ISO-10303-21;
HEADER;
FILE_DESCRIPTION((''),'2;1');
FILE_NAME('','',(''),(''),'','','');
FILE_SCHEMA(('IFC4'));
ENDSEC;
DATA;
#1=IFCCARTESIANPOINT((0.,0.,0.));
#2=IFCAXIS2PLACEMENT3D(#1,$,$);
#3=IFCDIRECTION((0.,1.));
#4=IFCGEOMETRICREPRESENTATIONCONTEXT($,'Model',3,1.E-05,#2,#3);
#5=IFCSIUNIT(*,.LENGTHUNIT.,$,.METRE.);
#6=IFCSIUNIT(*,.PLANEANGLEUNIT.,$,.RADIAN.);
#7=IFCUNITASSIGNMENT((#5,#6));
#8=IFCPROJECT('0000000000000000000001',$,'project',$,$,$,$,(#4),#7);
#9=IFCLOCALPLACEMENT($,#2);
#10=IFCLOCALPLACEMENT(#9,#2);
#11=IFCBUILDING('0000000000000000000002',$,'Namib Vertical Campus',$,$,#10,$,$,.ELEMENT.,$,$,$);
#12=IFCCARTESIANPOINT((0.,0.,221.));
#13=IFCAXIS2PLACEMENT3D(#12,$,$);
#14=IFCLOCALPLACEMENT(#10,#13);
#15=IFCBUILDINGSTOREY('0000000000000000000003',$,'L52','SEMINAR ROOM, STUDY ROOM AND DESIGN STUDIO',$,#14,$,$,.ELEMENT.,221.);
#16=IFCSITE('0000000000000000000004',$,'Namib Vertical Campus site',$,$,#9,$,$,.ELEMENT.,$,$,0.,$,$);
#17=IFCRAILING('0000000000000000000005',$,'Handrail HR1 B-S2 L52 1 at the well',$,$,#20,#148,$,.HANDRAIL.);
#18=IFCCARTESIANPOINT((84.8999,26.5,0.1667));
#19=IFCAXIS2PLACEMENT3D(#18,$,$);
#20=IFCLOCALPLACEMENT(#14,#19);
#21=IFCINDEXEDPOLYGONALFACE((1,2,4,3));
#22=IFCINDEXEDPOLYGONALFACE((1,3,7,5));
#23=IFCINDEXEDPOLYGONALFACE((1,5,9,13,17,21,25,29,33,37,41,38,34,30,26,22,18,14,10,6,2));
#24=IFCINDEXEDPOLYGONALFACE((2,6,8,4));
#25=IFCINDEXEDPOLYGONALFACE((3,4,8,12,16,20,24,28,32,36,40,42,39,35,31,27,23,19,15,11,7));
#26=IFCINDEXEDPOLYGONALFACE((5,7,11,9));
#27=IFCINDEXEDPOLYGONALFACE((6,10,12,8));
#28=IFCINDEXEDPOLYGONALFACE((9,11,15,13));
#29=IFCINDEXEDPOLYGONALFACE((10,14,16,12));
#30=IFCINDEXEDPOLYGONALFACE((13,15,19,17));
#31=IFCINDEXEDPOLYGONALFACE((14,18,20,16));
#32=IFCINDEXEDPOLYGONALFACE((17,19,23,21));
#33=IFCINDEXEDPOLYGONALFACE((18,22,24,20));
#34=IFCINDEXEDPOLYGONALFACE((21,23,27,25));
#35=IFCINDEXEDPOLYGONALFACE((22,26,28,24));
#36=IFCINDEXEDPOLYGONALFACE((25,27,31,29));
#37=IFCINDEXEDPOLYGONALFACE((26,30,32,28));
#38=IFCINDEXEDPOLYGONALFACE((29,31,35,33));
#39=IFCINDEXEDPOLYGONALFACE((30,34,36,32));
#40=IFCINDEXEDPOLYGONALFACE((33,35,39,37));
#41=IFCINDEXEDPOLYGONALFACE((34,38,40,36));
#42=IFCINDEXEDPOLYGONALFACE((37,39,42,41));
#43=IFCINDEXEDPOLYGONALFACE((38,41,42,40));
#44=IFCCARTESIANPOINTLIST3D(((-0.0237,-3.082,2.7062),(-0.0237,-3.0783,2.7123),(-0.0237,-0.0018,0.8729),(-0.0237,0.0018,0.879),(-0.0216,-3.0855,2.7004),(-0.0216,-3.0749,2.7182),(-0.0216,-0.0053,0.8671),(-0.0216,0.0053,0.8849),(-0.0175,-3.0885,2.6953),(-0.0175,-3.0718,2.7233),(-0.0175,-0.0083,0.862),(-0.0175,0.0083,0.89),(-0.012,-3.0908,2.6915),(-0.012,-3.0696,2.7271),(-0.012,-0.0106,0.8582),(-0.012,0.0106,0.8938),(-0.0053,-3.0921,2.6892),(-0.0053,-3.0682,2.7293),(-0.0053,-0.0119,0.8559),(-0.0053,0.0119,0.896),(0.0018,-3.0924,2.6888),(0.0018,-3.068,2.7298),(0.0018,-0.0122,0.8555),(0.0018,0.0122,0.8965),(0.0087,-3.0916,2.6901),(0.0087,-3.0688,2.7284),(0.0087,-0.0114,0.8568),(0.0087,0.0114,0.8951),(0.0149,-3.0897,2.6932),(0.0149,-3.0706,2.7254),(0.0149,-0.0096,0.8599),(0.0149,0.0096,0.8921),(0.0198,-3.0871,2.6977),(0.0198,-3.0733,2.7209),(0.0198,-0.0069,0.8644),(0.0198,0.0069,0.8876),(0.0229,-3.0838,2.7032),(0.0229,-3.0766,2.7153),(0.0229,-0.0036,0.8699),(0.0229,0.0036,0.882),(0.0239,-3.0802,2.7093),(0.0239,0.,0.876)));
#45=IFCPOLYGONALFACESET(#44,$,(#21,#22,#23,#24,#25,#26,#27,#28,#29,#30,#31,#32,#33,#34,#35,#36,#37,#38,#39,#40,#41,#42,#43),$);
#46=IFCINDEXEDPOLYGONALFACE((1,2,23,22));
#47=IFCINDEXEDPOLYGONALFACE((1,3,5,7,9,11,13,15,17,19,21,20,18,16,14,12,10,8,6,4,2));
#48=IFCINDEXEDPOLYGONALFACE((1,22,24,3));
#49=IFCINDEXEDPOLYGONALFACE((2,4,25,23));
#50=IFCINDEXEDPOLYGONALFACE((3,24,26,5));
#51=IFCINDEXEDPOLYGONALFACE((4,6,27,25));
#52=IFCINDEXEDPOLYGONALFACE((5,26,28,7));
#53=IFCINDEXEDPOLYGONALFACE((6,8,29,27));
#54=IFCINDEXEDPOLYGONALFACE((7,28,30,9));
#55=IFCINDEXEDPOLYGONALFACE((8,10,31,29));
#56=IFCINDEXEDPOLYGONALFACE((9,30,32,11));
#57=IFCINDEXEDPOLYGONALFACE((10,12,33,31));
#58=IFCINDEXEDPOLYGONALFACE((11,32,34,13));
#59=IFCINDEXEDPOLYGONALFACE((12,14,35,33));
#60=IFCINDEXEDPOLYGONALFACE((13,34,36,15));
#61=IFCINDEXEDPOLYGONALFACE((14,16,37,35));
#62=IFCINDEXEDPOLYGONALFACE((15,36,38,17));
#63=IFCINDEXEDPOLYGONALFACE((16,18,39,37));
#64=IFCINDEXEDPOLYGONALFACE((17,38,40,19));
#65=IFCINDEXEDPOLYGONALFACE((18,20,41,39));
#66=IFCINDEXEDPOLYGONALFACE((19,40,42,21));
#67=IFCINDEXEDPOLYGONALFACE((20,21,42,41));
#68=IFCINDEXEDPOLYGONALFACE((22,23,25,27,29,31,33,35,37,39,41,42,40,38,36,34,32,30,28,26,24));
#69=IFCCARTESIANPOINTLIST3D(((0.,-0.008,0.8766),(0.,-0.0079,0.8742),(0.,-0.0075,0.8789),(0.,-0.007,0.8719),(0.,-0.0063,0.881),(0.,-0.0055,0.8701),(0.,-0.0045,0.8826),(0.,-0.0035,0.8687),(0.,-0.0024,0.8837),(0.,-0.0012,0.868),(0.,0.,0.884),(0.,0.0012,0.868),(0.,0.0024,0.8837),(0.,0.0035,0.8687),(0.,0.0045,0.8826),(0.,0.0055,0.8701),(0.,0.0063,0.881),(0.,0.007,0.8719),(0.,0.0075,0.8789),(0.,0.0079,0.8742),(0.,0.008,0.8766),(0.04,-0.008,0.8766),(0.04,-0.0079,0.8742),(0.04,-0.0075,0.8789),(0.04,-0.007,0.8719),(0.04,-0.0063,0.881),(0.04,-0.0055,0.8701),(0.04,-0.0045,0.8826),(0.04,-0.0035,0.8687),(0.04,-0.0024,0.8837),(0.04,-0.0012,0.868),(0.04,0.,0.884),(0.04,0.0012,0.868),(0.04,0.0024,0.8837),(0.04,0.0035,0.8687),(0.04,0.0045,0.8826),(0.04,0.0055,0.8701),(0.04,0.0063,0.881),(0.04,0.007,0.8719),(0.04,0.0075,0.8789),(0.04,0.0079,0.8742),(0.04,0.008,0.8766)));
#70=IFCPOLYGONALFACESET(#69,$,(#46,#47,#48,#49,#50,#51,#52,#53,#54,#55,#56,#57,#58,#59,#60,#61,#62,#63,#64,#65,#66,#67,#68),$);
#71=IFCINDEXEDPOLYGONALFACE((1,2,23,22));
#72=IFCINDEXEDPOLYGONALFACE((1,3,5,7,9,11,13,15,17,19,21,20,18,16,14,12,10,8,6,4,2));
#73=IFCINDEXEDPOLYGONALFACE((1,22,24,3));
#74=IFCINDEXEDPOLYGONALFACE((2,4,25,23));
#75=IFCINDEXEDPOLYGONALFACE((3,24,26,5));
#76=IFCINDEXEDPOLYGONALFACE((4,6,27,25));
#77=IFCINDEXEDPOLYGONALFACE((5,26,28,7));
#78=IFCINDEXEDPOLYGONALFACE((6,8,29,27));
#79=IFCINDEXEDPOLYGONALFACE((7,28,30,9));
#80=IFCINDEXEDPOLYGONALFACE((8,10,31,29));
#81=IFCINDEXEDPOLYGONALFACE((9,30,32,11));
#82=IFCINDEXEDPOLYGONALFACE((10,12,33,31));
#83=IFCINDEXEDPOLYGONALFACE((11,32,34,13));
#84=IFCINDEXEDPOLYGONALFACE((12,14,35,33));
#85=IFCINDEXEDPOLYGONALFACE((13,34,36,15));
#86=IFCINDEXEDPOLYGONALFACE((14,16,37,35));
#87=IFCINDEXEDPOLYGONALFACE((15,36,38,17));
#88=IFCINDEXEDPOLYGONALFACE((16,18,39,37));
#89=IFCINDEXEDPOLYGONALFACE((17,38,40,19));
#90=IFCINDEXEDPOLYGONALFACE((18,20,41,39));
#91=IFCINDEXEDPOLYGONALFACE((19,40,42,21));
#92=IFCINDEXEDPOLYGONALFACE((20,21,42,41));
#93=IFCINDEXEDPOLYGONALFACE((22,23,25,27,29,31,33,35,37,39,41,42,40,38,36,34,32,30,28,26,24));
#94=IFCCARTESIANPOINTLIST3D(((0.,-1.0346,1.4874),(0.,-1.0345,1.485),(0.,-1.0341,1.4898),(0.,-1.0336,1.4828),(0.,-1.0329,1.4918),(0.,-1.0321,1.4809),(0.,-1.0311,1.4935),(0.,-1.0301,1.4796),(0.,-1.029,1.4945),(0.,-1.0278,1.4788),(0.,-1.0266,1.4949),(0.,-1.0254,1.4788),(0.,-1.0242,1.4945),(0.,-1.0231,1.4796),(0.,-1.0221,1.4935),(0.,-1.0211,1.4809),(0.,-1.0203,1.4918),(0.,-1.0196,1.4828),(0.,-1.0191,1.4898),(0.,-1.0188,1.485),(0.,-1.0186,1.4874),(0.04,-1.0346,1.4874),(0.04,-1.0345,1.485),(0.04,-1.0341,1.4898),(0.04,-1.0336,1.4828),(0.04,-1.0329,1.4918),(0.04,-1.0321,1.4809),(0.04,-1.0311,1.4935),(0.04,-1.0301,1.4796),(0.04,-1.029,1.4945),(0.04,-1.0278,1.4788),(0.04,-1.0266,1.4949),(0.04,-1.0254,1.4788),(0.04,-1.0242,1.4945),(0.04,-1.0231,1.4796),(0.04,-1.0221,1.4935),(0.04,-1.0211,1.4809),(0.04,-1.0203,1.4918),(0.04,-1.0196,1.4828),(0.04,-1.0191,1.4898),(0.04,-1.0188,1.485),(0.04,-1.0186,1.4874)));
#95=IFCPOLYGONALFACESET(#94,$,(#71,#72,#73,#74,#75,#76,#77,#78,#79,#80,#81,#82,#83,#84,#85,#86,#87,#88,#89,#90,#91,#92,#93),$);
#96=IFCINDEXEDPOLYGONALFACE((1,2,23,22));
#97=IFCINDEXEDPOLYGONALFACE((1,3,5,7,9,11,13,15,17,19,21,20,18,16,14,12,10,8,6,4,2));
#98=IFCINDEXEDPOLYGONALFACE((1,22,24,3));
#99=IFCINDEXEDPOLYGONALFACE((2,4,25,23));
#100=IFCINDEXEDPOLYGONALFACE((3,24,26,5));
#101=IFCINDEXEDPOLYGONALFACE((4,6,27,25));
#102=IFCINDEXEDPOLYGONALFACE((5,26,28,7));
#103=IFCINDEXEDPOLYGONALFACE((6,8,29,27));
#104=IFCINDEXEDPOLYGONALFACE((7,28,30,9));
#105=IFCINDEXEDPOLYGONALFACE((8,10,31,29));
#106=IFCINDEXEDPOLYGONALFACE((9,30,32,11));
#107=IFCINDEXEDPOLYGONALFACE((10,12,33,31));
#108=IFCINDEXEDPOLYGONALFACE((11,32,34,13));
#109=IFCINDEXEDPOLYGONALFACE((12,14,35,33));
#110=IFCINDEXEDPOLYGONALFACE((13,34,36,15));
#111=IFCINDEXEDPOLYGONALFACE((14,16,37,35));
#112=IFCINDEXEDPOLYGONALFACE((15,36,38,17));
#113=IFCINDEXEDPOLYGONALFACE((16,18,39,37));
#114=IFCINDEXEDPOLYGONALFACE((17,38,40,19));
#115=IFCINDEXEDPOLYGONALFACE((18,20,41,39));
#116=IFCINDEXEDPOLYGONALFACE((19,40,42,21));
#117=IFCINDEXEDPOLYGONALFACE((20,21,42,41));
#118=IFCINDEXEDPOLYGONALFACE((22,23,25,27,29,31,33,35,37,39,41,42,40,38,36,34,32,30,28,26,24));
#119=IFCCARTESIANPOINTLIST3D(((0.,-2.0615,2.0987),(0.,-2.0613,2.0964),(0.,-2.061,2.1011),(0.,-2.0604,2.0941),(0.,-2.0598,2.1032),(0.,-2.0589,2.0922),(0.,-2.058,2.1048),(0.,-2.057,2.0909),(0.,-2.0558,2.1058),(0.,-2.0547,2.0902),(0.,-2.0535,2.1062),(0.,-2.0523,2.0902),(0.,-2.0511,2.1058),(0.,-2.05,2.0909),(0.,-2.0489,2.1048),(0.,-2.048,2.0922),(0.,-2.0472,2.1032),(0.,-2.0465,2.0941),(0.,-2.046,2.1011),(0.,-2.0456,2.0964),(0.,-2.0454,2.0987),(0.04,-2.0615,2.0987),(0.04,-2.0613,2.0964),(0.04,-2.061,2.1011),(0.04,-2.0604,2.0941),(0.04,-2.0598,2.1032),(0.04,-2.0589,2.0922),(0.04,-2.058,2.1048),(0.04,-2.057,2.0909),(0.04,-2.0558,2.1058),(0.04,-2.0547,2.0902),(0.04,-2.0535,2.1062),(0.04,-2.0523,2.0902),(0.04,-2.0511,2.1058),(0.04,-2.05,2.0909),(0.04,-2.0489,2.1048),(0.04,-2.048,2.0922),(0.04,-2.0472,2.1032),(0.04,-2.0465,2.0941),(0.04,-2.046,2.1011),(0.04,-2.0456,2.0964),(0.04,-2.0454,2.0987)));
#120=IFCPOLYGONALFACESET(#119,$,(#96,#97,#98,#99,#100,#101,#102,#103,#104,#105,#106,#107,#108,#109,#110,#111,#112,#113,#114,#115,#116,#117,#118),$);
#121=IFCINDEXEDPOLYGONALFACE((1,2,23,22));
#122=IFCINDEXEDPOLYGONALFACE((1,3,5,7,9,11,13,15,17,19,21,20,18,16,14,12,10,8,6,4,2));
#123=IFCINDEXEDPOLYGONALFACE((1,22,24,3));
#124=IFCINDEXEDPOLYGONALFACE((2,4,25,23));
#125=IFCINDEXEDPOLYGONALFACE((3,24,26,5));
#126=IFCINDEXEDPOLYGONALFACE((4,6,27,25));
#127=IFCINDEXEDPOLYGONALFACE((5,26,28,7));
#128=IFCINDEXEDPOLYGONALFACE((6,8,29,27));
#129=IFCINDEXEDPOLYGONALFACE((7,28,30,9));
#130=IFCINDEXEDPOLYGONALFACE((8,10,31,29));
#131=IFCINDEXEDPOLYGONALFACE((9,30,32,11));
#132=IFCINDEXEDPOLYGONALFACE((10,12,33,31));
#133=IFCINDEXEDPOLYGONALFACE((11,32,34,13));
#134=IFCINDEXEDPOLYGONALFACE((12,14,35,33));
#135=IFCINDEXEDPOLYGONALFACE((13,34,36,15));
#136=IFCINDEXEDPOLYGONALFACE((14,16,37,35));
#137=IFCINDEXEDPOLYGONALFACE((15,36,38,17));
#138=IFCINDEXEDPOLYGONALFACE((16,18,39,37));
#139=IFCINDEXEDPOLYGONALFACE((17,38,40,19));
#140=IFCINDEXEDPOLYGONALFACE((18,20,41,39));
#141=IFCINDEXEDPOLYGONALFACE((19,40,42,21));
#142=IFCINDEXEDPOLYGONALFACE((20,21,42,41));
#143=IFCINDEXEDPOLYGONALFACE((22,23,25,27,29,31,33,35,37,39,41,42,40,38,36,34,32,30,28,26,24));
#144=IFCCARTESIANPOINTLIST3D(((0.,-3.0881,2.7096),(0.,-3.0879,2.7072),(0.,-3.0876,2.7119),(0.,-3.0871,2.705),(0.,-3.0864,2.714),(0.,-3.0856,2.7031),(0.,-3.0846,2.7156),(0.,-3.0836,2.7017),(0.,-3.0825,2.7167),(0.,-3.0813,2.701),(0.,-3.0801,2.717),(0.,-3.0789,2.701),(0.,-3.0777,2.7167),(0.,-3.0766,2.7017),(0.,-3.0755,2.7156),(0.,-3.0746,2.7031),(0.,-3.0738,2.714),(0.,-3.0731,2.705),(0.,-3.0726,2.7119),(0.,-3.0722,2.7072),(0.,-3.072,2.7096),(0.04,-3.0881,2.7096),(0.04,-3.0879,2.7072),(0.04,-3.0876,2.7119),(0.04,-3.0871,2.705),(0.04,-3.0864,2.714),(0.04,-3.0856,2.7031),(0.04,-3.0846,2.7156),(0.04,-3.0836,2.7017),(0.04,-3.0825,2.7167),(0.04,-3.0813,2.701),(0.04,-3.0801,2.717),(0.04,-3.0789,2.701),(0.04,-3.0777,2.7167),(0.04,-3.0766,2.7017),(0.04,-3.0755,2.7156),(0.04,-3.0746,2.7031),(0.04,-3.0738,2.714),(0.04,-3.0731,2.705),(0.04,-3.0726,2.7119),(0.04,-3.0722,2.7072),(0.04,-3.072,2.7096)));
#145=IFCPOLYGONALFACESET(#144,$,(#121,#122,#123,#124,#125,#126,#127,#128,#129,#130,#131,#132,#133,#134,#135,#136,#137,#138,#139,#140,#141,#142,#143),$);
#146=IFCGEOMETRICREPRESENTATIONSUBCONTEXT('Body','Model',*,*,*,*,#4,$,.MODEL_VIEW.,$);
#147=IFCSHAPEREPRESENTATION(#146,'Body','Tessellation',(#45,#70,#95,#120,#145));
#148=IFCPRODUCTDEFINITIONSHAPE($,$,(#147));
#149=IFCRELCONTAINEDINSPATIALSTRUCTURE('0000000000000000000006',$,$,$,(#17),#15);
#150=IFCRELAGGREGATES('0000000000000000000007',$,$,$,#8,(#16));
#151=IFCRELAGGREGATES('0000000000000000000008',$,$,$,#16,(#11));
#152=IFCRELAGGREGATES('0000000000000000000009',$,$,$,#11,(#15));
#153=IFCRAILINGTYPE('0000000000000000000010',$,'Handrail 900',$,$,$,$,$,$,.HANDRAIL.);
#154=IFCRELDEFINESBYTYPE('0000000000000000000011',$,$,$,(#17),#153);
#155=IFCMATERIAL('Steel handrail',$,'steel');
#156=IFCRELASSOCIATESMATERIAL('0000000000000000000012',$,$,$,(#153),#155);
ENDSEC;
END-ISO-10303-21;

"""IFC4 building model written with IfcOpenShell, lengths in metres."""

from ifc_helpers import new_model, si_unit, direction, frame, origin, origin_2d, place, context, subcontext, project, spatial, circle, extrude, material, type_object, element, save


model = new_model("IFC4")

# Units and contexts
model_context = context("Model", 3, precision=1e-05, world=origin(), true_north=direction((0.0, 1.0)))
body_context = subcontext(model_context, "Body", "Model", "MODEL_VIEW")
ifc_project = project(units=[si_unit("LENGTHUNIT", "METRE"), si_unit("PLANEANGLEUNIT", "RADIAN")], contexts=[model_context])

# Site, building, storey
site_placement = place(None, origin())
site = spatial("IfcSite", under=ifc_project, at=site_placement, Name="Namib Vertical Campus site", CompositionType="ELEMENT", RefElevation=0.0)
building_placement = place(site_placement, origin())
building = spatial("IfcBuilding", under=site, at=building_placement, Name="Namib Vertical Campus", CompositionType="ELEMENT")
storey_placement = place(building_placement, frame((0.0, 0.0, 221.0)))
storey = spatial("IfcBuildingStorey", under=building, at=storey_placement, Name="L52", Description="SEMINAR ROOM, STUDY ROOM AND DESIGN STUDIO", CompositionType="ELEMENT", Elevation=221.0)

# Railing
ifc_material_1 = material(Name="Steel handrail", Category="steel")
railing_type_1 = type_object("IfcRailingType", Name="Handrail 900", PredefinedType="HANDRAIL", material=ifc_material_1)
railing_1_placement = place(storey_placement, frame((84.8999, 26.5, 0.1667)))
element("IfcRailing", 1, at=railing_1_placement, inside=storey, type_object=railing_type_1, Name="Handrail HR1 B-S2 L52 1 at the well", PredefinedType="HANDRAIL", context=body_context, shape_type="SweptSolid", body=[
    extrude(circle(Radius=0.0239, at=origin_2d()), frame((0.0, 0.0, 0.876), z_axis=(0.0, -0.859309, 0.511458), x_axis=(1.0, 0.0, 0.0)), (0.0, 0.0, 1.0), 3.5845),
    extrude(circle(Radius=0.0081, at=origin_2d()), frame((0.0, 0.0, 0.876), z_axis=(1.0, 0.0, 0.0), x_axis=(0.0, 0.0, 1.0)), (0.0, 0.0, 1.0), 0.04),
    extrude(circle(Radius=0.0081, at=origin_2d()), frame((0.0, -1.0266, 1.4868), z_axis=(1.0, 0.0, 0.0), x_axis=(0.0, 0.0, 1.0)), (0.0, 0.0, 1.0), 0.04),
    extrude(circle(Radius=0.0081, at=origin_2d()), frame((0.0, -2.0535, 2.0981), z_axis=(1.0, 0.0, 0.0), x_axis=(0.0, 0.0, 1.0)), (0.0, 0.0, 1.0), 0.04),
    extrude(circle(Radius=0.0081, at=origin_2d()), frame((0.0, -3.0801, 2.709), z_axis=(1.0, 0.0, 0.0), x_axis=(0.0, 0.0, 1.0)), (0.0, 0.0, 1.0), 0.04),
])

save(model, "model.ifc")
